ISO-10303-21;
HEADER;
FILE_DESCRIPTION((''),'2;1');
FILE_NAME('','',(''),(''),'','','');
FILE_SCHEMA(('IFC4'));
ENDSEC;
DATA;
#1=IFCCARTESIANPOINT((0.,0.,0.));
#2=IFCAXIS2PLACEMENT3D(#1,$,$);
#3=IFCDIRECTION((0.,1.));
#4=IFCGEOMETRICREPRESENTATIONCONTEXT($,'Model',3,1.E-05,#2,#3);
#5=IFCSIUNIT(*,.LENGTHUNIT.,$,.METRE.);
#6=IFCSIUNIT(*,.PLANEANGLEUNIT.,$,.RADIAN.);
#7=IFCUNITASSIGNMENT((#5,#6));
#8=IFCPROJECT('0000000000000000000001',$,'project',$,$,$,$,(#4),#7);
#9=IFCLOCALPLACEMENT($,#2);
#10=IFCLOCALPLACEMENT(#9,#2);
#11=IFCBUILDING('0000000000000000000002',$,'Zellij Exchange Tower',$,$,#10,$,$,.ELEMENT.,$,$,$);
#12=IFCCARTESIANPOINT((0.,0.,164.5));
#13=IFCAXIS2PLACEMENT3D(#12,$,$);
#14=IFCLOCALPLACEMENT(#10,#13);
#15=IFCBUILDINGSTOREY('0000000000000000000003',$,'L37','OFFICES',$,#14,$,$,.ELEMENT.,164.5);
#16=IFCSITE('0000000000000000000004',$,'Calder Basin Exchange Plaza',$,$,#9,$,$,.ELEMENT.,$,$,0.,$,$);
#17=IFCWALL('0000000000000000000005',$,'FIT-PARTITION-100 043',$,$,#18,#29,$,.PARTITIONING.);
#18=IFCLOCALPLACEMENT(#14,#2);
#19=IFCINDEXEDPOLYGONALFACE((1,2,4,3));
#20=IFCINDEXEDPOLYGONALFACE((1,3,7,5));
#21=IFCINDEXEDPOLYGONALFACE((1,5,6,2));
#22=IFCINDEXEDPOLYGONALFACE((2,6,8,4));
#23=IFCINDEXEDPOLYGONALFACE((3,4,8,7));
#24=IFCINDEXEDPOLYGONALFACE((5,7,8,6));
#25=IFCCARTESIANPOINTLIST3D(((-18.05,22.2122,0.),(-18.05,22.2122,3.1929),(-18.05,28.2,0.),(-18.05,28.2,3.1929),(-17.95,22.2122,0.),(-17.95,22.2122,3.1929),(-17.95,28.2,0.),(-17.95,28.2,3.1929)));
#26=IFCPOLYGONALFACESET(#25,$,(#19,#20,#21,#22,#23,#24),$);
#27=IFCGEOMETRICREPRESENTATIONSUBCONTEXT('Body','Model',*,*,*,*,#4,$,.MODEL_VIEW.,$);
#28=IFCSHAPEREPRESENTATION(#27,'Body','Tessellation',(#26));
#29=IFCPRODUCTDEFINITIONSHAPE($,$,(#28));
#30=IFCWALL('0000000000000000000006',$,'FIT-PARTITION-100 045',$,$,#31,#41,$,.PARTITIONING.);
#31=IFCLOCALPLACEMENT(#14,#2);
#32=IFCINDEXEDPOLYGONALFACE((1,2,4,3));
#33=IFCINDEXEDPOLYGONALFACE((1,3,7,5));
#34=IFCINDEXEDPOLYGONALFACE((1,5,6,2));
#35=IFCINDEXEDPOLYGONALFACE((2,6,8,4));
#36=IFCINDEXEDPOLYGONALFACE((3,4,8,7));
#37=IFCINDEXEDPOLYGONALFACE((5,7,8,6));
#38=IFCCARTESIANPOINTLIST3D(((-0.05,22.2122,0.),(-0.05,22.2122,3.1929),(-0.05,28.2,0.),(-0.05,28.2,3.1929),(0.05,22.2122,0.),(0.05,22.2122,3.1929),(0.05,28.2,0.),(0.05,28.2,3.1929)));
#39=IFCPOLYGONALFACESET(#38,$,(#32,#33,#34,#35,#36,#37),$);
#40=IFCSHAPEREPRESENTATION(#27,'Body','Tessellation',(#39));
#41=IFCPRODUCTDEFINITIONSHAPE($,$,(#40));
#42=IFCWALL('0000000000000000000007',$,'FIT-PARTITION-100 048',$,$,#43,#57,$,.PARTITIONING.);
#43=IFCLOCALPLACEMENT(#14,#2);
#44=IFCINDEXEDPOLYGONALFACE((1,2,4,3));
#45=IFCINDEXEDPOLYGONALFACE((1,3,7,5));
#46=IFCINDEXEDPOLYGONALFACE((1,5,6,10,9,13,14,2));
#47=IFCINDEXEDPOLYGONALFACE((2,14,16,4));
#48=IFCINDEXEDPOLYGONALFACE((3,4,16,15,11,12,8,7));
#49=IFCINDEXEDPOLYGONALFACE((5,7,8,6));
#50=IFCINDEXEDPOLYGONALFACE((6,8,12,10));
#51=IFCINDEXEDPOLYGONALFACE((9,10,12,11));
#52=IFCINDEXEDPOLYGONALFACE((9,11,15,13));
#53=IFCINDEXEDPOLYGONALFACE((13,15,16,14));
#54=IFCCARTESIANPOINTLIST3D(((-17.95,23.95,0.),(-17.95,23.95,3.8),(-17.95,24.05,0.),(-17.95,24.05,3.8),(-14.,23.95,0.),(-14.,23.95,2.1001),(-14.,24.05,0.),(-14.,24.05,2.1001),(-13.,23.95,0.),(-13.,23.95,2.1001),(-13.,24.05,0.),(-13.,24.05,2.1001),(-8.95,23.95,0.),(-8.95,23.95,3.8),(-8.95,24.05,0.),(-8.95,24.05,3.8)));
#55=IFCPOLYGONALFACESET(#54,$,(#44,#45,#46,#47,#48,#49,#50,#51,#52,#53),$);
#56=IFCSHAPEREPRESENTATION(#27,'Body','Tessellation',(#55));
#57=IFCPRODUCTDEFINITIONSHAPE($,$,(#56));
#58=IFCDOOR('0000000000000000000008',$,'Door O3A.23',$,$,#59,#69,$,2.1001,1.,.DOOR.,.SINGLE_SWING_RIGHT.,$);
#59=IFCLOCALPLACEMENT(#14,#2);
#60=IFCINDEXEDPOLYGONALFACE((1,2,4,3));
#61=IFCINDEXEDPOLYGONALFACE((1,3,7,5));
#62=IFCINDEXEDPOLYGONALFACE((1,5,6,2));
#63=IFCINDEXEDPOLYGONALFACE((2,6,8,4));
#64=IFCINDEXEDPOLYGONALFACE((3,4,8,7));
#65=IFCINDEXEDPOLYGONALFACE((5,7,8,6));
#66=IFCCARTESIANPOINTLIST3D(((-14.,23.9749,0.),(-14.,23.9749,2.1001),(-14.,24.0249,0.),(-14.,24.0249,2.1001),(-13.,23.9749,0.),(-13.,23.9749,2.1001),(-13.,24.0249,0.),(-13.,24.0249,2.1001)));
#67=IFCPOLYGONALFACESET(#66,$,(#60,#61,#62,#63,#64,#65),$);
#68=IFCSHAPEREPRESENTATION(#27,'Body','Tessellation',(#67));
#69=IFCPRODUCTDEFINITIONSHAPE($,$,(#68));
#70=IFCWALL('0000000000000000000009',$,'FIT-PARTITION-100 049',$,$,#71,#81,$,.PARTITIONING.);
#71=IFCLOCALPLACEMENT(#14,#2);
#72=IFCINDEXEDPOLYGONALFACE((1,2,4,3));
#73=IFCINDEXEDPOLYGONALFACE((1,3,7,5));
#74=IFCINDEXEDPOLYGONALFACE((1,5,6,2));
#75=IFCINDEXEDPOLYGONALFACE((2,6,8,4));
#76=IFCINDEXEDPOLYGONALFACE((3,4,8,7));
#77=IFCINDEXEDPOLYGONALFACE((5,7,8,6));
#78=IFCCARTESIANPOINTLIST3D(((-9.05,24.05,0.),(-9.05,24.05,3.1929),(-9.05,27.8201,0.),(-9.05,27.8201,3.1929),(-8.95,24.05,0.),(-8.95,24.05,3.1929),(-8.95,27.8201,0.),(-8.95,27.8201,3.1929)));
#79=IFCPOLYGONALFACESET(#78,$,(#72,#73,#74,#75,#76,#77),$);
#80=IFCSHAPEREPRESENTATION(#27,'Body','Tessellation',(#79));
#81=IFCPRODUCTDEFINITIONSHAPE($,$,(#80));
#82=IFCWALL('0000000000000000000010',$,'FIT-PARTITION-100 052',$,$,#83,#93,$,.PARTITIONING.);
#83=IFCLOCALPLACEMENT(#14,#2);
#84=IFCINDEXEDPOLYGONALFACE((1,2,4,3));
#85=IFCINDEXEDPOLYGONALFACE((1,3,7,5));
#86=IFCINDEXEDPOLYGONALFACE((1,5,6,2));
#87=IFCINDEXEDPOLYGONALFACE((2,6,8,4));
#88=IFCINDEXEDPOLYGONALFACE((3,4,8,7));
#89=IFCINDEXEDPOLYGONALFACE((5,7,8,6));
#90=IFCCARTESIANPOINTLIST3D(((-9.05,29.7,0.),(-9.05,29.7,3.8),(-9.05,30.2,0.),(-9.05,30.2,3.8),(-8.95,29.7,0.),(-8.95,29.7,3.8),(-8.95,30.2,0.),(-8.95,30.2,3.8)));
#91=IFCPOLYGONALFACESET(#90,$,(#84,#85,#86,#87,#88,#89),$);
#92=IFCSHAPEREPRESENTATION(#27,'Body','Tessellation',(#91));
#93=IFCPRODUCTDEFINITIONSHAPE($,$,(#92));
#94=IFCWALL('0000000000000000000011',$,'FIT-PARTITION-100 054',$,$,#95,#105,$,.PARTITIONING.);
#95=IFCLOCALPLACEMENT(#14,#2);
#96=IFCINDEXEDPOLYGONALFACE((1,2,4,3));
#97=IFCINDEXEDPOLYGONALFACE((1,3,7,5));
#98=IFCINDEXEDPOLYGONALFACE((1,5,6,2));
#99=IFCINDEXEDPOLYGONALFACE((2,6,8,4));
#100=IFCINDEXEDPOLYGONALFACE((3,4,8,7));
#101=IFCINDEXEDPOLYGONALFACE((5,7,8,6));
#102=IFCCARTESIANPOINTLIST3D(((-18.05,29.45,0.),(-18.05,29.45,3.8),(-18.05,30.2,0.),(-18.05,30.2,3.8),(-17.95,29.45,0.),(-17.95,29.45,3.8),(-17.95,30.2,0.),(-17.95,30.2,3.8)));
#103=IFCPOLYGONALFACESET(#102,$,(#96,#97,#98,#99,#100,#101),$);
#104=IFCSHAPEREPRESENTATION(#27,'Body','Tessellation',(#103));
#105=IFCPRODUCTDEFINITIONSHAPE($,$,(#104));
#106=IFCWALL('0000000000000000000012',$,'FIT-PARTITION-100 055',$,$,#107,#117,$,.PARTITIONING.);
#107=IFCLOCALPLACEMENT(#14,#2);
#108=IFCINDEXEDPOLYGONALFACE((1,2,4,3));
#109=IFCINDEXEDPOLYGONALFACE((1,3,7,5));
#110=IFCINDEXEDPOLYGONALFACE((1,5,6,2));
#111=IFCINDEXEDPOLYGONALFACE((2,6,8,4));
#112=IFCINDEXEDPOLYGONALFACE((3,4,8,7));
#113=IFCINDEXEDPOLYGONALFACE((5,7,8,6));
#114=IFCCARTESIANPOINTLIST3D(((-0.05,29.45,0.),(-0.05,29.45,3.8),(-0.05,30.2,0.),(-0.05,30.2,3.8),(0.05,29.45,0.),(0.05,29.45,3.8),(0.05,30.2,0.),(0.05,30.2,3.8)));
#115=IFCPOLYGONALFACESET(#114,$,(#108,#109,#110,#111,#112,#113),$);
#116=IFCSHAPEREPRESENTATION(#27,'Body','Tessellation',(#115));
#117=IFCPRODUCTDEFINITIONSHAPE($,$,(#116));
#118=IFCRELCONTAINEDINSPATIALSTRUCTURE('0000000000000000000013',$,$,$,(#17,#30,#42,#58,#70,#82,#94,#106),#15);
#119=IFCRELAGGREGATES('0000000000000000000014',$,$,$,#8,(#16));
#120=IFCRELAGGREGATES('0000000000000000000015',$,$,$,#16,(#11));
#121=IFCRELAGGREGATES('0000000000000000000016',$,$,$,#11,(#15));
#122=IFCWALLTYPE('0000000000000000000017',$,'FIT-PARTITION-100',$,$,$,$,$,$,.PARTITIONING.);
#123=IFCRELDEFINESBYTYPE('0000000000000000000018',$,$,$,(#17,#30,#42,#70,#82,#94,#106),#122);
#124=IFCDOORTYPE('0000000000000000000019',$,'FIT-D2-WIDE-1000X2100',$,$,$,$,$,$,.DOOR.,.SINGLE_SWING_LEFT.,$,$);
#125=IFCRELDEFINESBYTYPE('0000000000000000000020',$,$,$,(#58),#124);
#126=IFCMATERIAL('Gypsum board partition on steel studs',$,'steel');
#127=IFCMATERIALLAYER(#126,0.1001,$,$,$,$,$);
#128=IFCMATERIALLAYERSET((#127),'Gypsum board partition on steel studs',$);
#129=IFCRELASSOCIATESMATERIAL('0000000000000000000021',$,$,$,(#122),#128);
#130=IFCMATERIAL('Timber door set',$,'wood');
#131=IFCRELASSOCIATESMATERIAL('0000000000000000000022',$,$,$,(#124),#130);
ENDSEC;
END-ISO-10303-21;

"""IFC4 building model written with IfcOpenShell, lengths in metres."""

from ifc_helpers import new_model, si_unit, direction, frame, frame_2d, origin, place, context, subcontext, project, spatial, rectangle, extrude, material, layer, layer_set, type_object, element, fill, save


model = new_model("IFC4")

# Units and contexts
model_context = context("Model", 3, precision=1e-05, world=origin(), true_north=direction((0.0, 1.0)))
body_context = subcontext(model_context, "Body", "Model", "MODEL_VIEW")
ifc_project = project(units=[si_unit("LENGTHUNIT", "METRE"), si_unit("PLANEANGLEUNIT", "RADIAN")], contexts=[model_context])

# Site, building, storey
site_placement = place(None, origin())
site = spatial("IfcSite", under=ifc_project, at=site_placement, Name="Calder Basin Exchange Plaza", CompositionType="ELEMENT", RefElevation=0.0)
building_placement = place(site_placement, origin())
building = spatial("IfcBuilding", under=site, at=building_placement, Name="Zellij Exchange Tower", CompositionType="ELEMENT")
storey_placement = place(building_placement, frame((0.0, 0.0, 164.5)))
storey = spatial("IfcBuildingStorey", under=building, at=storey_placement, Name="L37", Description="OFFICES", CompositionType="ELEMENT", Elevation=164.5)

# Walls
ifc_material_1 = material(Name="Gypsum board partition on steel studs", Category="steel")
ifc_layer_1 = layer(ifc_material_1, 0.1001)
ifc_layer_set_1 = layer_set([ifc_layer_1], Name="Gypsum board partition on steel studs")
wall_type = type_object("IfcWallType", Name="FIT-PARTITION-100", PredefinedType="PARTITIONING", material=ifc_layer_set_1)
for number, where, z_axis, x_axis, name in (
    (1, (-18.0, 22.2122, 0.0), (0.0, 0.0, 1.0), (0.0, 1.0, 0.0), "FIT-PARTITION-100 043"),
    (2, (0.0, 22.2122, 0.0), (0.0, 0.0, 1.0), (0.0, 1.0, 0.0), "FIT-PARTITION-100 045"),
):
    element("IfcWall", number, at=place(storey_placement, frame(where, z_axis=z_axis, x_axis=x_axis)), inside=storey, type_object=wall_type, Name=name, PredefinedType="PARTITIONING", context=body_context, shape_type="SweptSolid", body=[
        extrude(rectangle(XDim=5.9878, YDim=0.1001, at=frame_2d((2.9939, 0.0))), origin(), (0.0, 0.0, 1.0), 3.1929),
    ])

# Wall, opening, door
wall_1_placement = place(storey_placement, frame((-17.95, 24.0, 0.0), z_axis=(0.0, 0.0, 1.0), x_axis=(1.0, 0.0, 0.0)))
wall_1 = element("IfcWall", 3, at=wall_1_placement, inside=storey, type_object=wall_type, Name="FIT-PARTITION-100 048", PredefinedType="PARTITIONING", context=body_context, shape_type="SweptSolid", body=[
    extrude(rectangle(XDim=9.0, YDim=0.1001, at=frame_2d((4.5, 0.0))), origin(), (0.0, 0.0, 1.0), 3.8),
])
opening_placement = place(wall_1_placement, frame((3.95, 0.0, 0.0)))
opening = element("IfcOpeningElement", 4, at=opening_placement, cuts=wall_1, PredefinedType="OPENING", context=body_context, shape_type="SweptSolid", body=[
    extrude(rectangle(XDim=1.0, YDim=2.1001, at=frame_2d((0.5, 1.05))), frame((0.0, 0.062, 0.0), z_axis=(0.0, -1.0, 0.0), x_axis=(1.0, 0.0, 0.0)), (0.0, 0.0, 1.0), 0.124),
])
ifc_material_2 = material(Name="Timber door set", Category="wood")
door_type = type_object("IfcDoorType", Name="FIT-D2-WIDE-1000X2100", OperationType="SINGLE_SWING_LEFT", PredefinedType="DOOR", material=ifc_material_2)
door_placement = place(opening_placement, origin())
door = element("IfcDoor", 5, at=door_placement, inside=storey, type_object=door_type, Name="Door O3A.23", OperationType="SINGLE_SWING_RIGHT", OverallHeight=2.1001, OverallWidth=1.0, PredefinedType="DOOR", context=body_context, shape_type="SweptSolid", body=[
    extrude(rectangle(XDim=1.0, YDim=2.1001, at=frame_2d((0.5, 1.05))), frame((0.0, 0.0249, 0.0), z_axis=(0.0, -1.0, 0.0), x_axis=(1.0, 0.0, 0.0)), (0.0, 0.0, 1.0), 0.05),
])
fill(opening, door)

# Walls
wall_2_placement = place(storey_placement, frame((-9.0, 24.05, 0.0), z_axis=(0.0, 0.0, 1.0), x_axis=(0.0, 1.0, 0.0)))
element("IfcWall", 6, at=wall_2_placement, inside=storey, type_object=wall_type, Name="FIT-PARTITION-100 049", PredefinedType="PARTITIONING", context=body_context, shape_type="SweptSolid", body=[
    extrude(rectangle(XDim=3.77, YDim=0.1001, at=frame_2d((1.885, 0.0))), origin(), (0.0, 0.0, 1.0), 3.1929),
])
wall_3_placement = place(storey_placement, frame((-9.0, 29.7, 0.0), z_axis=(0.0, 0.0, 1.0), x_axis=(0.0, 1.0, 0.0)))
element("IfcWall", 7, at=wall_3_placement, inside=storey, type_object=wall_type, Name="FIT-PARTITION-100 052", PredefinedType="PARTITIONING", context=body_context, shape_type="SweptSolid", body=[
    extrude(rectangle(XDim=0.5, YDim=0.1001, at=frame_2d((0.25, 0.0))), origin(), (0.0, 0.0, 1.0), 3.8),
])
for number, where, z_axis, x_axis, name in (
    (8, (-18.0, 29.45, 0.0), (0.0, 0.0, 1.0), (0.0, 1.0, 0.0), "FIT-PARTITION-100 054"),
    (9, (0.0, 29.45, 0.0), (0.0, 0.0, 1.0), (0.0, 1.0, 0.0), "FIT-PARTITION-100 055"),
):
    element("IfcWall", number, at=place(storey_placement, frame(where, z_axis=z_axis, x_axis=x_axis)), inside=storey, type_object=wall_type, Name=name, PredefinedType="PARTITIONING", context=body_context, shape_type="SweptSolid", body=[
        extrude(rectangle(XDim=0.75, YDim=0.1001, at=frame_2d((0.375, 0.0))), origin(), (0.0, 0.0, 1.0), 3.8),
    ])

save(model, "model.ifc")
